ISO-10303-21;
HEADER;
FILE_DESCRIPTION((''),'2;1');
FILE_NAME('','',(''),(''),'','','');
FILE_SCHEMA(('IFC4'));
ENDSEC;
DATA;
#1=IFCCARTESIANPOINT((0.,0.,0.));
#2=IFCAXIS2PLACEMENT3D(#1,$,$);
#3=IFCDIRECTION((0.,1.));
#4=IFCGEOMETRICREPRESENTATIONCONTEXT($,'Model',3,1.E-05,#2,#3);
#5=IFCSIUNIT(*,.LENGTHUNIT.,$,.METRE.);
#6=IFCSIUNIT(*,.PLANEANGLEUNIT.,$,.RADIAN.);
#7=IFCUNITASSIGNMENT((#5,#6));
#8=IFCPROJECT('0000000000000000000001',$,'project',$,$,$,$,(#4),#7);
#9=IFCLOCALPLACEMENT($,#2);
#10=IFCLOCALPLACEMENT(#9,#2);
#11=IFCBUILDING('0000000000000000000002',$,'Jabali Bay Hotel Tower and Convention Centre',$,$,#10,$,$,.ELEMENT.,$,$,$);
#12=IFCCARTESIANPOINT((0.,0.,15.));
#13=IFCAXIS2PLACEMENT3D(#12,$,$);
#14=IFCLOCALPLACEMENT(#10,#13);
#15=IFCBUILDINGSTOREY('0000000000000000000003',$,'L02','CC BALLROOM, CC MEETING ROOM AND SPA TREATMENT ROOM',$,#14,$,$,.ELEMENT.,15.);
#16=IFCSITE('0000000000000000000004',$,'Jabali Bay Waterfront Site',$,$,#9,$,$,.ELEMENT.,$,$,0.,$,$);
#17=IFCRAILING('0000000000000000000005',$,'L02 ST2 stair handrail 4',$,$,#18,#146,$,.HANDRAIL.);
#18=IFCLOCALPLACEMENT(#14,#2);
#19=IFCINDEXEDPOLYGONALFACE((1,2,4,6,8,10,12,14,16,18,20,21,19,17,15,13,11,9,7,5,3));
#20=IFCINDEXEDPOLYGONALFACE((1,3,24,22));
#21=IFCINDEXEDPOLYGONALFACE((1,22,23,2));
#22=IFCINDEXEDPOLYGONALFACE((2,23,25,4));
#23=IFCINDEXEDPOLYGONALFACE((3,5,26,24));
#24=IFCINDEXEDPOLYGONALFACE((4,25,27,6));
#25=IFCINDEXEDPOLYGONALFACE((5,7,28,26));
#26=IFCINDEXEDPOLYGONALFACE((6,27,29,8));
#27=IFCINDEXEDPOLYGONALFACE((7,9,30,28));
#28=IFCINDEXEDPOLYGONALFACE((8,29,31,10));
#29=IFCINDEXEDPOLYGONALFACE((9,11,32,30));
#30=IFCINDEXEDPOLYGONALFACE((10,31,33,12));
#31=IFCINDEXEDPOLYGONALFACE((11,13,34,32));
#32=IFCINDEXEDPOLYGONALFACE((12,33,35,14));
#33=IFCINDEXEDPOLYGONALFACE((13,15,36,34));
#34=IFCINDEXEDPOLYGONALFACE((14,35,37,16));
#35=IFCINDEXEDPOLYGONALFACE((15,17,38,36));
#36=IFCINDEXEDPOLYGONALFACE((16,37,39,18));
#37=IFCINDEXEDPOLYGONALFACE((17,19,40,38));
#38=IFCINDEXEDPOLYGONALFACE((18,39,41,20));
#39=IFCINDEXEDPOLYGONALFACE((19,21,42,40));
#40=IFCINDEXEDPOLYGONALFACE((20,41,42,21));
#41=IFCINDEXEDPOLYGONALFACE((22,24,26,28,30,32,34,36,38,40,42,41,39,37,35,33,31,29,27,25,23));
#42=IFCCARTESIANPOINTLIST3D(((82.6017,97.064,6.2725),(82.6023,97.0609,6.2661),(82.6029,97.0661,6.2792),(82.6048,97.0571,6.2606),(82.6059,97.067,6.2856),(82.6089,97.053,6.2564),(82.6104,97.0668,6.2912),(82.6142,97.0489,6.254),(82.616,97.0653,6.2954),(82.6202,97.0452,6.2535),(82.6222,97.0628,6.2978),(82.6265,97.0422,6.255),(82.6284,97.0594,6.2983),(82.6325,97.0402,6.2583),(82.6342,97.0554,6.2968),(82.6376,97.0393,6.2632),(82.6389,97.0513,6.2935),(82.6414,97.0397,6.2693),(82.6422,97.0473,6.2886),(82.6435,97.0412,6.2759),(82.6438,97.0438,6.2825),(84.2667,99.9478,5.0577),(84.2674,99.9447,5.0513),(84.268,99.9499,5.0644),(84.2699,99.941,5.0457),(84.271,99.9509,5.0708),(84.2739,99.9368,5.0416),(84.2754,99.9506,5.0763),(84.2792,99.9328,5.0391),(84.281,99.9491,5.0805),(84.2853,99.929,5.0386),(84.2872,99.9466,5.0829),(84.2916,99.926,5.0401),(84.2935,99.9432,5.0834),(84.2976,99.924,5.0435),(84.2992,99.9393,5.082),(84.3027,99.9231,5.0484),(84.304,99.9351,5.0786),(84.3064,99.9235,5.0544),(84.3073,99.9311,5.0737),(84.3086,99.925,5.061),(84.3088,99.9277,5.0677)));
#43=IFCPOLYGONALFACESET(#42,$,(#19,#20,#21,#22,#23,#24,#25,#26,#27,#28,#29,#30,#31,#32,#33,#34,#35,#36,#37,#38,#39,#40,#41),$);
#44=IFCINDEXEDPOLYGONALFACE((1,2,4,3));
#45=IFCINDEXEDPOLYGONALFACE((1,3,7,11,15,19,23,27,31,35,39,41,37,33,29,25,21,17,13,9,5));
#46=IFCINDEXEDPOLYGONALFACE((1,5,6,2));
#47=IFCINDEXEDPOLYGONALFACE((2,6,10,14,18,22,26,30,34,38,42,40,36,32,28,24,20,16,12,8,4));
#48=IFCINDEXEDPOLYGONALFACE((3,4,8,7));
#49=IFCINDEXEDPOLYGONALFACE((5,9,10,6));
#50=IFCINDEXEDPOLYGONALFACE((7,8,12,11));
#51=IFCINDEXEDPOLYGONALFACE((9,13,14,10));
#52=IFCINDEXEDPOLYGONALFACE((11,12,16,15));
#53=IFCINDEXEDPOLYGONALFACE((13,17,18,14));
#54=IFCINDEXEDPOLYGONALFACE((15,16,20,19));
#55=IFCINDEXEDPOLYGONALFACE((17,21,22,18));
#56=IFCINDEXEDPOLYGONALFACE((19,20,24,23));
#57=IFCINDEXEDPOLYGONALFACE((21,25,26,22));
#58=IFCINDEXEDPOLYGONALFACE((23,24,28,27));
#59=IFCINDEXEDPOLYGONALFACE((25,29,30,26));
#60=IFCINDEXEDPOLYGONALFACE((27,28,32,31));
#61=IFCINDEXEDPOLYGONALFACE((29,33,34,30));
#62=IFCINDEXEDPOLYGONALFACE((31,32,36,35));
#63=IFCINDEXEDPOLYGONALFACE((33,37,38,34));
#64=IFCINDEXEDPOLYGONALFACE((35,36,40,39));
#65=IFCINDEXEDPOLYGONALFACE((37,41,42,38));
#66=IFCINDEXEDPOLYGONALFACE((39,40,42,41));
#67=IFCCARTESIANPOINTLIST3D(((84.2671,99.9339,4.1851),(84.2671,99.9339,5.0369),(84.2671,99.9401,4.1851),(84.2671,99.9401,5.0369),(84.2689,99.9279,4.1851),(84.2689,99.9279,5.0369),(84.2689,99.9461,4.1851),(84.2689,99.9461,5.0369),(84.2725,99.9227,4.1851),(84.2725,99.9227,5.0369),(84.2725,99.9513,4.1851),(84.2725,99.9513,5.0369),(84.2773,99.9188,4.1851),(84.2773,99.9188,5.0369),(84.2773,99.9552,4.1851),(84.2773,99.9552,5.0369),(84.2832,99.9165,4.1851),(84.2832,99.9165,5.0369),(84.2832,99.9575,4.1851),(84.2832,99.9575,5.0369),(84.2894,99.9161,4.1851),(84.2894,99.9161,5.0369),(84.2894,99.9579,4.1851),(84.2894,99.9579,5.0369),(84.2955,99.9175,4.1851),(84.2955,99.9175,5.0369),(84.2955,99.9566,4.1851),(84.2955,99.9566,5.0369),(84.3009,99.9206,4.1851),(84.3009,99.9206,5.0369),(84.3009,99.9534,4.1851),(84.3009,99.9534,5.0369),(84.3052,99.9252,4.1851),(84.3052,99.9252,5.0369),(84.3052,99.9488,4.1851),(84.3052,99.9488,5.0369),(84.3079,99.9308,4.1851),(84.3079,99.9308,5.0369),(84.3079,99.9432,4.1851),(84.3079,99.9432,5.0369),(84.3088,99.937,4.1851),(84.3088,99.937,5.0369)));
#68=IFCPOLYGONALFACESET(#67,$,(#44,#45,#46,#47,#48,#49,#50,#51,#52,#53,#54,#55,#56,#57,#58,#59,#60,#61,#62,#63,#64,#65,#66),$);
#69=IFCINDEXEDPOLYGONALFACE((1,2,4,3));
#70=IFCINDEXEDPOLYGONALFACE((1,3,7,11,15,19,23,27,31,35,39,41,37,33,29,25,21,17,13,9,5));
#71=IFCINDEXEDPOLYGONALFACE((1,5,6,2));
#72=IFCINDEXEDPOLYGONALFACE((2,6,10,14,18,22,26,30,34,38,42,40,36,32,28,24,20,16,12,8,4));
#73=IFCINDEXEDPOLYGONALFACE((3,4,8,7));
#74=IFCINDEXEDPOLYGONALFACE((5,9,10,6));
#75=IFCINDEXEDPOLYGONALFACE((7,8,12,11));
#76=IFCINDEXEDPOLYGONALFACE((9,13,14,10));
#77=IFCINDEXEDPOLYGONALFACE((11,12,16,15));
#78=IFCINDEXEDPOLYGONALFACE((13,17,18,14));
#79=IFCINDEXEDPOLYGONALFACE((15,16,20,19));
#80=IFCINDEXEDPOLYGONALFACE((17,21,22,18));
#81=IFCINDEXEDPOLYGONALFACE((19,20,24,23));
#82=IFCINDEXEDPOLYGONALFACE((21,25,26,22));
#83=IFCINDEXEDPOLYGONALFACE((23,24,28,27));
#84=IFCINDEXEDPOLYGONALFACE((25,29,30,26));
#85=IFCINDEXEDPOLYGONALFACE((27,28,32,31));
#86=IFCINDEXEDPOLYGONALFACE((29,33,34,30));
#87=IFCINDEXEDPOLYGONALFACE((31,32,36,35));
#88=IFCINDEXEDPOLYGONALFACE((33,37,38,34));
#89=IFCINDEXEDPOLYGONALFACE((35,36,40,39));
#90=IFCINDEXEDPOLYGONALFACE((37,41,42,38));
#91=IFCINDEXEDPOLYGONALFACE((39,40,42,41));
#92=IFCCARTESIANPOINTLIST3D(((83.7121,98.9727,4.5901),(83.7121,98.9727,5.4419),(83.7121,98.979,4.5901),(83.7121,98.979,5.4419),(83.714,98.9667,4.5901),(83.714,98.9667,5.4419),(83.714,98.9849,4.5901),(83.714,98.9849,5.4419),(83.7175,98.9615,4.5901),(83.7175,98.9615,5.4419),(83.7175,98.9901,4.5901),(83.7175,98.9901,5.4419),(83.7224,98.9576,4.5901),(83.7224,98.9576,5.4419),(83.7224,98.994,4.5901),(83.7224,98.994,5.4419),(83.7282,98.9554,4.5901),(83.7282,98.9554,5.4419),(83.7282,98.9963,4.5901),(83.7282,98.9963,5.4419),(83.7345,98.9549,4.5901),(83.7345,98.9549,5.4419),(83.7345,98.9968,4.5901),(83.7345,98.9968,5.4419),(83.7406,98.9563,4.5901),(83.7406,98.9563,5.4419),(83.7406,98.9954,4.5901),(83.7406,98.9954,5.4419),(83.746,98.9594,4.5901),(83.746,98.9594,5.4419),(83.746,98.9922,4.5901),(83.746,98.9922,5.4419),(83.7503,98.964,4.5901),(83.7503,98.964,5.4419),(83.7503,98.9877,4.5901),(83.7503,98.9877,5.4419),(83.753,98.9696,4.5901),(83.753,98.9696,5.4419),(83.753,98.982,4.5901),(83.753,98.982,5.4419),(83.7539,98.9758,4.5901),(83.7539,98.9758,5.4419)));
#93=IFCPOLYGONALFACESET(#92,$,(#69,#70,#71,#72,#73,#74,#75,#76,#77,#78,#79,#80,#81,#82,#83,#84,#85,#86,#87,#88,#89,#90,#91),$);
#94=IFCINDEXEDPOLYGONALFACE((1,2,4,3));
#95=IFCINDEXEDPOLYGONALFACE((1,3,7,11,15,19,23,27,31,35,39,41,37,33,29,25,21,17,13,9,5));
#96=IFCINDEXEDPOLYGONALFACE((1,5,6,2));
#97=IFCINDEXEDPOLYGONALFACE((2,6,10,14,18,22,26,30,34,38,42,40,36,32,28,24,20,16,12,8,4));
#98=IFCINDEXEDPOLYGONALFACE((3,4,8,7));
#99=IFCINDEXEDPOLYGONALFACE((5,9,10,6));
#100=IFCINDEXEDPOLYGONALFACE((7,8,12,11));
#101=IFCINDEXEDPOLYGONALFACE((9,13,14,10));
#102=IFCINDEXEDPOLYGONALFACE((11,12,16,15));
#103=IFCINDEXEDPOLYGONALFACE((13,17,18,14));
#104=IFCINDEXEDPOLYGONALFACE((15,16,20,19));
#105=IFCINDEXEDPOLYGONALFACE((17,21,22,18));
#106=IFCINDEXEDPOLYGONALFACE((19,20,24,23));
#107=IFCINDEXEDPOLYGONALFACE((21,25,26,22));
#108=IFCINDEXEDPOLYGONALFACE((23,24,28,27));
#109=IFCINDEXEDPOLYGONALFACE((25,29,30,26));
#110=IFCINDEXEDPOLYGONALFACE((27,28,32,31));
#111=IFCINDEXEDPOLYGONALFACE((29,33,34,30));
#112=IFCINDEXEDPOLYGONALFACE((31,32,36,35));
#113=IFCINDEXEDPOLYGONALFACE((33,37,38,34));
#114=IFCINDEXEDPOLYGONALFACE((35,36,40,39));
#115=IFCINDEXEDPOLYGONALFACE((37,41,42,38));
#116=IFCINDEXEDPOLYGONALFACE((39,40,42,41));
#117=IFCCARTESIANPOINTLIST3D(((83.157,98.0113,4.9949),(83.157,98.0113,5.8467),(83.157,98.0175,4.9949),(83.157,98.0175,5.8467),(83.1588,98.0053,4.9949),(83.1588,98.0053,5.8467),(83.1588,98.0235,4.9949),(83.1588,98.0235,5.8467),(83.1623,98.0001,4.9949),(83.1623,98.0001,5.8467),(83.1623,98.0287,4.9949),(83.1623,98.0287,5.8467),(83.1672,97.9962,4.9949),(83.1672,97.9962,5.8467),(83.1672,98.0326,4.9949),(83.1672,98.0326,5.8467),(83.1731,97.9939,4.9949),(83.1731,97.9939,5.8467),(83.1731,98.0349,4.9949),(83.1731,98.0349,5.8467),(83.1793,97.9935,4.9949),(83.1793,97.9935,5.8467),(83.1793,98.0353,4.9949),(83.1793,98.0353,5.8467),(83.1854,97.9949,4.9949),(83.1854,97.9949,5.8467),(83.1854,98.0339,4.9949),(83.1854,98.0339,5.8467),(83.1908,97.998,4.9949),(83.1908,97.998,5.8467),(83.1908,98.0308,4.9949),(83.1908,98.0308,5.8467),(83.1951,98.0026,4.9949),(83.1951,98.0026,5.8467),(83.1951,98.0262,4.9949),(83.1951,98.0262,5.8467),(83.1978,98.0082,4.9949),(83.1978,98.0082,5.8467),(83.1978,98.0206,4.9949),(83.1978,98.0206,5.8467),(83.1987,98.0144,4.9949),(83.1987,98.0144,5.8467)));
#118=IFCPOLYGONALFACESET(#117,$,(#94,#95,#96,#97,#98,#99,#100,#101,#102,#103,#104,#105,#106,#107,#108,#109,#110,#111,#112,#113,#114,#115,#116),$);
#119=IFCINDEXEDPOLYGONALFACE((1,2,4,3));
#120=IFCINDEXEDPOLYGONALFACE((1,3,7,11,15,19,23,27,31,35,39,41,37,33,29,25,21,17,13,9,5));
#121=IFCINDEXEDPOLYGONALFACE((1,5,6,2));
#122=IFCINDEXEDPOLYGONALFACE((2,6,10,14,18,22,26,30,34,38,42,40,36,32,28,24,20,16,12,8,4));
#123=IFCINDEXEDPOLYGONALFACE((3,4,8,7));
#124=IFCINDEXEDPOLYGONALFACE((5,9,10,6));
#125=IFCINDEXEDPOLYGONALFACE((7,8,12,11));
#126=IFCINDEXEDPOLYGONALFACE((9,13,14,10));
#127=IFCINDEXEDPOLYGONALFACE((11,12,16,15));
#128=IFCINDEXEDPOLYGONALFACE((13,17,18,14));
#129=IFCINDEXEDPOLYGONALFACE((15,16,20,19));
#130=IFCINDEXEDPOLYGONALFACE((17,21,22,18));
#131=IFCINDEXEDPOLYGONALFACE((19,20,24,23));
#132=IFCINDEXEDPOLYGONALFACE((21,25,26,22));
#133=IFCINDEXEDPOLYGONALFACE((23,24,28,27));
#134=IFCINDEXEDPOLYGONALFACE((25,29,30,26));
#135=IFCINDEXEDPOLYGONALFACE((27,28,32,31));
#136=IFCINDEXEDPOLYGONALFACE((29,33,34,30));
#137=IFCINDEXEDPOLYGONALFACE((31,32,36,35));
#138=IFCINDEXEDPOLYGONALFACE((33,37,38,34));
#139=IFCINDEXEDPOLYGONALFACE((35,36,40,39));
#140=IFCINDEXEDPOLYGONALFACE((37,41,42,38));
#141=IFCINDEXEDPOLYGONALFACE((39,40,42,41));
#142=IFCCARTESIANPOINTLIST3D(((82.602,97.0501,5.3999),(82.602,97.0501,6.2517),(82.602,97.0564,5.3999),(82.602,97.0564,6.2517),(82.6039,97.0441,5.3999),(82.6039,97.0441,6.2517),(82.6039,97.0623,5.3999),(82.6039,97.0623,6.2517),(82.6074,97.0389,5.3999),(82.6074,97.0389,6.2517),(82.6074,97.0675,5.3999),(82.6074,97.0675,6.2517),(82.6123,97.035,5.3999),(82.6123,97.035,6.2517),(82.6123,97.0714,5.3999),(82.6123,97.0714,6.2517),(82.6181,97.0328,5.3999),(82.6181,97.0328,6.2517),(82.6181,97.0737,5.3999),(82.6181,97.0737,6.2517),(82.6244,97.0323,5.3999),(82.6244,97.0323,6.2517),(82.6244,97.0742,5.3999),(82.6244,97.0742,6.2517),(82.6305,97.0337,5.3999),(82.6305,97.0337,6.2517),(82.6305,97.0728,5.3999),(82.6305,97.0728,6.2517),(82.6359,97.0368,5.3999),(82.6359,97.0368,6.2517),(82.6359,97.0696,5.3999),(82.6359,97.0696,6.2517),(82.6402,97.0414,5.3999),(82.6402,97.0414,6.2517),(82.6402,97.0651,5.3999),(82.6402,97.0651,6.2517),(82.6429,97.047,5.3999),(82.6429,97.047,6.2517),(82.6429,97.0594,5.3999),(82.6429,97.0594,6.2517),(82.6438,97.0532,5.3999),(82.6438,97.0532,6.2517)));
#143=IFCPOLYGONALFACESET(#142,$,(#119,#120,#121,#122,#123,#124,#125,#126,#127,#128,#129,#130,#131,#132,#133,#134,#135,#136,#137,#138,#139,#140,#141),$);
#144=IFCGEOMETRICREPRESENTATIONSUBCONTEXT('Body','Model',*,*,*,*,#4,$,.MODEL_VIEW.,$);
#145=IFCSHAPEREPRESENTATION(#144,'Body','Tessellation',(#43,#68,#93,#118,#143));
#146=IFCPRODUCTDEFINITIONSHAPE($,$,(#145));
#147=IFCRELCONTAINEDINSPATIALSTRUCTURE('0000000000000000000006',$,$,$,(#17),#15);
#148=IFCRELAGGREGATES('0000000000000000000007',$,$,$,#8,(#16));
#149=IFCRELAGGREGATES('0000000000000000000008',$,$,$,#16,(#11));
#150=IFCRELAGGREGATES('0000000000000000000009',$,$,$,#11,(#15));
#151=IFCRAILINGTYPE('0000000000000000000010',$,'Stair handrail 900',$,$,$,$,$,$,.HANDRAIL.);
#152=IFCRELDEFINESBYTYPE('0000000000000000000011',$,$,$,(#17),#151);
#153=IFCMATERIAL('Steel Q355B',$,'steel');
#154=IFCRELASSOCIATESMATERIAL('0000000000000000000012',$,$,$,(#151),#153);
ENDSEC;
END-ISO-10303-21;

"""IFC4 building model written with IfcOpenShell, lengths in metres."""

from ifc_helpers import new_model, si_unit, direction, frame, origin, origin_2d, place, context, subcontext, project, spatial, circle, extrude, material, type_object, element, save


model = new_model("IFC4")

# Units and contexts
model_context = context("Model", 3, precision=1e-05, world=origin(), true_north=direction((0.0, 1.0)))
body_context = subcontext(model_context, "Body", "Model", "MODEL_VIEW")
ifc_project = project(units=[si_unit("LENGTHUNIT", "METRE"), si_unit("PLANEANGLEUNIT", "RADIAN")], contexts=[model_context])

# Site, building, storey
site_placement = place(None, origin())
site = spatial("IfcSite", under=ifc_project, at=site_placement, Name="Jabali Bay Waterfront Site", CompositionType="ELEMENT", RefElevation=0.0)
building_placement = place(site_placement, origin())
building = spatial("IfcBuilding", under=site, at=building_placement, Name="Jabali Bay Hotel Tower and Convention Centre", CompositionType="ELEMENT")
storey_placement = place(building_placement, frame((0.0, 0.0, 15.0)))
storey = spatial("IfcBuildingStorey", under=building, at=storey_placement, Name="L02", Description="CC BALLROOM, CC MEETING ROOM AND SPA TREATMENT ROOM", CompositionType="ELEMENT", Elevation=15.0)

# Railing
ifc_material_1 = material(Name="Steel Q355B", Category="steel")
railing_type_1 = type_object("IfcRailingType", Name="Stair handrail 900", PredefinedType="HANDRAIL", material=ifc_material_1)
railing_1_placement = place(storey_placement, frame((84.2878, 99.937, 4.1851)))
element("IfcRailing", 1, at=railing_1_placement, inside=storey, type_object=railing_type_1, Name="L02 ST2 stair handrail 4", PredefinedType="HANDRAIL", context=body_context, shape_type="SweptSolid", body=[
    extrude(circle(Radius=0.0239, at=origin_2d()), frame((0.0, 0.0, 0.876), z_axis=(-0.469735, -0.813564, 0.342727), x_axis=(0.866015, -0.500019, 0.0)), (0.0, 0.0, 1.0), 3.5447),
    extrude(circle(Radius=0.021, at=origin_2d()), origin(), (0.0, 0.0, 1.0), 0.8518),
    extrude(circle(Radius=0.021, at=origin_2d()), frame((-0.5549, -0.9612, 0.405)), (0.0, 0.0, 1.0), 0.8518),
    extrude(circle(Radius=0.021, at=origin_2d()), frame((-1.1101, -1.9226, 0.8098)), (0.0, 0.0, 1.0), 0.8518),
    extrude(circle(Radius=0.021, at=origin_2d()), frame((-1.665, -2.8838, 1.2148)), (0.0, 0.0, 1.0), 0.8518),
])

save(model, "model.ifc")
